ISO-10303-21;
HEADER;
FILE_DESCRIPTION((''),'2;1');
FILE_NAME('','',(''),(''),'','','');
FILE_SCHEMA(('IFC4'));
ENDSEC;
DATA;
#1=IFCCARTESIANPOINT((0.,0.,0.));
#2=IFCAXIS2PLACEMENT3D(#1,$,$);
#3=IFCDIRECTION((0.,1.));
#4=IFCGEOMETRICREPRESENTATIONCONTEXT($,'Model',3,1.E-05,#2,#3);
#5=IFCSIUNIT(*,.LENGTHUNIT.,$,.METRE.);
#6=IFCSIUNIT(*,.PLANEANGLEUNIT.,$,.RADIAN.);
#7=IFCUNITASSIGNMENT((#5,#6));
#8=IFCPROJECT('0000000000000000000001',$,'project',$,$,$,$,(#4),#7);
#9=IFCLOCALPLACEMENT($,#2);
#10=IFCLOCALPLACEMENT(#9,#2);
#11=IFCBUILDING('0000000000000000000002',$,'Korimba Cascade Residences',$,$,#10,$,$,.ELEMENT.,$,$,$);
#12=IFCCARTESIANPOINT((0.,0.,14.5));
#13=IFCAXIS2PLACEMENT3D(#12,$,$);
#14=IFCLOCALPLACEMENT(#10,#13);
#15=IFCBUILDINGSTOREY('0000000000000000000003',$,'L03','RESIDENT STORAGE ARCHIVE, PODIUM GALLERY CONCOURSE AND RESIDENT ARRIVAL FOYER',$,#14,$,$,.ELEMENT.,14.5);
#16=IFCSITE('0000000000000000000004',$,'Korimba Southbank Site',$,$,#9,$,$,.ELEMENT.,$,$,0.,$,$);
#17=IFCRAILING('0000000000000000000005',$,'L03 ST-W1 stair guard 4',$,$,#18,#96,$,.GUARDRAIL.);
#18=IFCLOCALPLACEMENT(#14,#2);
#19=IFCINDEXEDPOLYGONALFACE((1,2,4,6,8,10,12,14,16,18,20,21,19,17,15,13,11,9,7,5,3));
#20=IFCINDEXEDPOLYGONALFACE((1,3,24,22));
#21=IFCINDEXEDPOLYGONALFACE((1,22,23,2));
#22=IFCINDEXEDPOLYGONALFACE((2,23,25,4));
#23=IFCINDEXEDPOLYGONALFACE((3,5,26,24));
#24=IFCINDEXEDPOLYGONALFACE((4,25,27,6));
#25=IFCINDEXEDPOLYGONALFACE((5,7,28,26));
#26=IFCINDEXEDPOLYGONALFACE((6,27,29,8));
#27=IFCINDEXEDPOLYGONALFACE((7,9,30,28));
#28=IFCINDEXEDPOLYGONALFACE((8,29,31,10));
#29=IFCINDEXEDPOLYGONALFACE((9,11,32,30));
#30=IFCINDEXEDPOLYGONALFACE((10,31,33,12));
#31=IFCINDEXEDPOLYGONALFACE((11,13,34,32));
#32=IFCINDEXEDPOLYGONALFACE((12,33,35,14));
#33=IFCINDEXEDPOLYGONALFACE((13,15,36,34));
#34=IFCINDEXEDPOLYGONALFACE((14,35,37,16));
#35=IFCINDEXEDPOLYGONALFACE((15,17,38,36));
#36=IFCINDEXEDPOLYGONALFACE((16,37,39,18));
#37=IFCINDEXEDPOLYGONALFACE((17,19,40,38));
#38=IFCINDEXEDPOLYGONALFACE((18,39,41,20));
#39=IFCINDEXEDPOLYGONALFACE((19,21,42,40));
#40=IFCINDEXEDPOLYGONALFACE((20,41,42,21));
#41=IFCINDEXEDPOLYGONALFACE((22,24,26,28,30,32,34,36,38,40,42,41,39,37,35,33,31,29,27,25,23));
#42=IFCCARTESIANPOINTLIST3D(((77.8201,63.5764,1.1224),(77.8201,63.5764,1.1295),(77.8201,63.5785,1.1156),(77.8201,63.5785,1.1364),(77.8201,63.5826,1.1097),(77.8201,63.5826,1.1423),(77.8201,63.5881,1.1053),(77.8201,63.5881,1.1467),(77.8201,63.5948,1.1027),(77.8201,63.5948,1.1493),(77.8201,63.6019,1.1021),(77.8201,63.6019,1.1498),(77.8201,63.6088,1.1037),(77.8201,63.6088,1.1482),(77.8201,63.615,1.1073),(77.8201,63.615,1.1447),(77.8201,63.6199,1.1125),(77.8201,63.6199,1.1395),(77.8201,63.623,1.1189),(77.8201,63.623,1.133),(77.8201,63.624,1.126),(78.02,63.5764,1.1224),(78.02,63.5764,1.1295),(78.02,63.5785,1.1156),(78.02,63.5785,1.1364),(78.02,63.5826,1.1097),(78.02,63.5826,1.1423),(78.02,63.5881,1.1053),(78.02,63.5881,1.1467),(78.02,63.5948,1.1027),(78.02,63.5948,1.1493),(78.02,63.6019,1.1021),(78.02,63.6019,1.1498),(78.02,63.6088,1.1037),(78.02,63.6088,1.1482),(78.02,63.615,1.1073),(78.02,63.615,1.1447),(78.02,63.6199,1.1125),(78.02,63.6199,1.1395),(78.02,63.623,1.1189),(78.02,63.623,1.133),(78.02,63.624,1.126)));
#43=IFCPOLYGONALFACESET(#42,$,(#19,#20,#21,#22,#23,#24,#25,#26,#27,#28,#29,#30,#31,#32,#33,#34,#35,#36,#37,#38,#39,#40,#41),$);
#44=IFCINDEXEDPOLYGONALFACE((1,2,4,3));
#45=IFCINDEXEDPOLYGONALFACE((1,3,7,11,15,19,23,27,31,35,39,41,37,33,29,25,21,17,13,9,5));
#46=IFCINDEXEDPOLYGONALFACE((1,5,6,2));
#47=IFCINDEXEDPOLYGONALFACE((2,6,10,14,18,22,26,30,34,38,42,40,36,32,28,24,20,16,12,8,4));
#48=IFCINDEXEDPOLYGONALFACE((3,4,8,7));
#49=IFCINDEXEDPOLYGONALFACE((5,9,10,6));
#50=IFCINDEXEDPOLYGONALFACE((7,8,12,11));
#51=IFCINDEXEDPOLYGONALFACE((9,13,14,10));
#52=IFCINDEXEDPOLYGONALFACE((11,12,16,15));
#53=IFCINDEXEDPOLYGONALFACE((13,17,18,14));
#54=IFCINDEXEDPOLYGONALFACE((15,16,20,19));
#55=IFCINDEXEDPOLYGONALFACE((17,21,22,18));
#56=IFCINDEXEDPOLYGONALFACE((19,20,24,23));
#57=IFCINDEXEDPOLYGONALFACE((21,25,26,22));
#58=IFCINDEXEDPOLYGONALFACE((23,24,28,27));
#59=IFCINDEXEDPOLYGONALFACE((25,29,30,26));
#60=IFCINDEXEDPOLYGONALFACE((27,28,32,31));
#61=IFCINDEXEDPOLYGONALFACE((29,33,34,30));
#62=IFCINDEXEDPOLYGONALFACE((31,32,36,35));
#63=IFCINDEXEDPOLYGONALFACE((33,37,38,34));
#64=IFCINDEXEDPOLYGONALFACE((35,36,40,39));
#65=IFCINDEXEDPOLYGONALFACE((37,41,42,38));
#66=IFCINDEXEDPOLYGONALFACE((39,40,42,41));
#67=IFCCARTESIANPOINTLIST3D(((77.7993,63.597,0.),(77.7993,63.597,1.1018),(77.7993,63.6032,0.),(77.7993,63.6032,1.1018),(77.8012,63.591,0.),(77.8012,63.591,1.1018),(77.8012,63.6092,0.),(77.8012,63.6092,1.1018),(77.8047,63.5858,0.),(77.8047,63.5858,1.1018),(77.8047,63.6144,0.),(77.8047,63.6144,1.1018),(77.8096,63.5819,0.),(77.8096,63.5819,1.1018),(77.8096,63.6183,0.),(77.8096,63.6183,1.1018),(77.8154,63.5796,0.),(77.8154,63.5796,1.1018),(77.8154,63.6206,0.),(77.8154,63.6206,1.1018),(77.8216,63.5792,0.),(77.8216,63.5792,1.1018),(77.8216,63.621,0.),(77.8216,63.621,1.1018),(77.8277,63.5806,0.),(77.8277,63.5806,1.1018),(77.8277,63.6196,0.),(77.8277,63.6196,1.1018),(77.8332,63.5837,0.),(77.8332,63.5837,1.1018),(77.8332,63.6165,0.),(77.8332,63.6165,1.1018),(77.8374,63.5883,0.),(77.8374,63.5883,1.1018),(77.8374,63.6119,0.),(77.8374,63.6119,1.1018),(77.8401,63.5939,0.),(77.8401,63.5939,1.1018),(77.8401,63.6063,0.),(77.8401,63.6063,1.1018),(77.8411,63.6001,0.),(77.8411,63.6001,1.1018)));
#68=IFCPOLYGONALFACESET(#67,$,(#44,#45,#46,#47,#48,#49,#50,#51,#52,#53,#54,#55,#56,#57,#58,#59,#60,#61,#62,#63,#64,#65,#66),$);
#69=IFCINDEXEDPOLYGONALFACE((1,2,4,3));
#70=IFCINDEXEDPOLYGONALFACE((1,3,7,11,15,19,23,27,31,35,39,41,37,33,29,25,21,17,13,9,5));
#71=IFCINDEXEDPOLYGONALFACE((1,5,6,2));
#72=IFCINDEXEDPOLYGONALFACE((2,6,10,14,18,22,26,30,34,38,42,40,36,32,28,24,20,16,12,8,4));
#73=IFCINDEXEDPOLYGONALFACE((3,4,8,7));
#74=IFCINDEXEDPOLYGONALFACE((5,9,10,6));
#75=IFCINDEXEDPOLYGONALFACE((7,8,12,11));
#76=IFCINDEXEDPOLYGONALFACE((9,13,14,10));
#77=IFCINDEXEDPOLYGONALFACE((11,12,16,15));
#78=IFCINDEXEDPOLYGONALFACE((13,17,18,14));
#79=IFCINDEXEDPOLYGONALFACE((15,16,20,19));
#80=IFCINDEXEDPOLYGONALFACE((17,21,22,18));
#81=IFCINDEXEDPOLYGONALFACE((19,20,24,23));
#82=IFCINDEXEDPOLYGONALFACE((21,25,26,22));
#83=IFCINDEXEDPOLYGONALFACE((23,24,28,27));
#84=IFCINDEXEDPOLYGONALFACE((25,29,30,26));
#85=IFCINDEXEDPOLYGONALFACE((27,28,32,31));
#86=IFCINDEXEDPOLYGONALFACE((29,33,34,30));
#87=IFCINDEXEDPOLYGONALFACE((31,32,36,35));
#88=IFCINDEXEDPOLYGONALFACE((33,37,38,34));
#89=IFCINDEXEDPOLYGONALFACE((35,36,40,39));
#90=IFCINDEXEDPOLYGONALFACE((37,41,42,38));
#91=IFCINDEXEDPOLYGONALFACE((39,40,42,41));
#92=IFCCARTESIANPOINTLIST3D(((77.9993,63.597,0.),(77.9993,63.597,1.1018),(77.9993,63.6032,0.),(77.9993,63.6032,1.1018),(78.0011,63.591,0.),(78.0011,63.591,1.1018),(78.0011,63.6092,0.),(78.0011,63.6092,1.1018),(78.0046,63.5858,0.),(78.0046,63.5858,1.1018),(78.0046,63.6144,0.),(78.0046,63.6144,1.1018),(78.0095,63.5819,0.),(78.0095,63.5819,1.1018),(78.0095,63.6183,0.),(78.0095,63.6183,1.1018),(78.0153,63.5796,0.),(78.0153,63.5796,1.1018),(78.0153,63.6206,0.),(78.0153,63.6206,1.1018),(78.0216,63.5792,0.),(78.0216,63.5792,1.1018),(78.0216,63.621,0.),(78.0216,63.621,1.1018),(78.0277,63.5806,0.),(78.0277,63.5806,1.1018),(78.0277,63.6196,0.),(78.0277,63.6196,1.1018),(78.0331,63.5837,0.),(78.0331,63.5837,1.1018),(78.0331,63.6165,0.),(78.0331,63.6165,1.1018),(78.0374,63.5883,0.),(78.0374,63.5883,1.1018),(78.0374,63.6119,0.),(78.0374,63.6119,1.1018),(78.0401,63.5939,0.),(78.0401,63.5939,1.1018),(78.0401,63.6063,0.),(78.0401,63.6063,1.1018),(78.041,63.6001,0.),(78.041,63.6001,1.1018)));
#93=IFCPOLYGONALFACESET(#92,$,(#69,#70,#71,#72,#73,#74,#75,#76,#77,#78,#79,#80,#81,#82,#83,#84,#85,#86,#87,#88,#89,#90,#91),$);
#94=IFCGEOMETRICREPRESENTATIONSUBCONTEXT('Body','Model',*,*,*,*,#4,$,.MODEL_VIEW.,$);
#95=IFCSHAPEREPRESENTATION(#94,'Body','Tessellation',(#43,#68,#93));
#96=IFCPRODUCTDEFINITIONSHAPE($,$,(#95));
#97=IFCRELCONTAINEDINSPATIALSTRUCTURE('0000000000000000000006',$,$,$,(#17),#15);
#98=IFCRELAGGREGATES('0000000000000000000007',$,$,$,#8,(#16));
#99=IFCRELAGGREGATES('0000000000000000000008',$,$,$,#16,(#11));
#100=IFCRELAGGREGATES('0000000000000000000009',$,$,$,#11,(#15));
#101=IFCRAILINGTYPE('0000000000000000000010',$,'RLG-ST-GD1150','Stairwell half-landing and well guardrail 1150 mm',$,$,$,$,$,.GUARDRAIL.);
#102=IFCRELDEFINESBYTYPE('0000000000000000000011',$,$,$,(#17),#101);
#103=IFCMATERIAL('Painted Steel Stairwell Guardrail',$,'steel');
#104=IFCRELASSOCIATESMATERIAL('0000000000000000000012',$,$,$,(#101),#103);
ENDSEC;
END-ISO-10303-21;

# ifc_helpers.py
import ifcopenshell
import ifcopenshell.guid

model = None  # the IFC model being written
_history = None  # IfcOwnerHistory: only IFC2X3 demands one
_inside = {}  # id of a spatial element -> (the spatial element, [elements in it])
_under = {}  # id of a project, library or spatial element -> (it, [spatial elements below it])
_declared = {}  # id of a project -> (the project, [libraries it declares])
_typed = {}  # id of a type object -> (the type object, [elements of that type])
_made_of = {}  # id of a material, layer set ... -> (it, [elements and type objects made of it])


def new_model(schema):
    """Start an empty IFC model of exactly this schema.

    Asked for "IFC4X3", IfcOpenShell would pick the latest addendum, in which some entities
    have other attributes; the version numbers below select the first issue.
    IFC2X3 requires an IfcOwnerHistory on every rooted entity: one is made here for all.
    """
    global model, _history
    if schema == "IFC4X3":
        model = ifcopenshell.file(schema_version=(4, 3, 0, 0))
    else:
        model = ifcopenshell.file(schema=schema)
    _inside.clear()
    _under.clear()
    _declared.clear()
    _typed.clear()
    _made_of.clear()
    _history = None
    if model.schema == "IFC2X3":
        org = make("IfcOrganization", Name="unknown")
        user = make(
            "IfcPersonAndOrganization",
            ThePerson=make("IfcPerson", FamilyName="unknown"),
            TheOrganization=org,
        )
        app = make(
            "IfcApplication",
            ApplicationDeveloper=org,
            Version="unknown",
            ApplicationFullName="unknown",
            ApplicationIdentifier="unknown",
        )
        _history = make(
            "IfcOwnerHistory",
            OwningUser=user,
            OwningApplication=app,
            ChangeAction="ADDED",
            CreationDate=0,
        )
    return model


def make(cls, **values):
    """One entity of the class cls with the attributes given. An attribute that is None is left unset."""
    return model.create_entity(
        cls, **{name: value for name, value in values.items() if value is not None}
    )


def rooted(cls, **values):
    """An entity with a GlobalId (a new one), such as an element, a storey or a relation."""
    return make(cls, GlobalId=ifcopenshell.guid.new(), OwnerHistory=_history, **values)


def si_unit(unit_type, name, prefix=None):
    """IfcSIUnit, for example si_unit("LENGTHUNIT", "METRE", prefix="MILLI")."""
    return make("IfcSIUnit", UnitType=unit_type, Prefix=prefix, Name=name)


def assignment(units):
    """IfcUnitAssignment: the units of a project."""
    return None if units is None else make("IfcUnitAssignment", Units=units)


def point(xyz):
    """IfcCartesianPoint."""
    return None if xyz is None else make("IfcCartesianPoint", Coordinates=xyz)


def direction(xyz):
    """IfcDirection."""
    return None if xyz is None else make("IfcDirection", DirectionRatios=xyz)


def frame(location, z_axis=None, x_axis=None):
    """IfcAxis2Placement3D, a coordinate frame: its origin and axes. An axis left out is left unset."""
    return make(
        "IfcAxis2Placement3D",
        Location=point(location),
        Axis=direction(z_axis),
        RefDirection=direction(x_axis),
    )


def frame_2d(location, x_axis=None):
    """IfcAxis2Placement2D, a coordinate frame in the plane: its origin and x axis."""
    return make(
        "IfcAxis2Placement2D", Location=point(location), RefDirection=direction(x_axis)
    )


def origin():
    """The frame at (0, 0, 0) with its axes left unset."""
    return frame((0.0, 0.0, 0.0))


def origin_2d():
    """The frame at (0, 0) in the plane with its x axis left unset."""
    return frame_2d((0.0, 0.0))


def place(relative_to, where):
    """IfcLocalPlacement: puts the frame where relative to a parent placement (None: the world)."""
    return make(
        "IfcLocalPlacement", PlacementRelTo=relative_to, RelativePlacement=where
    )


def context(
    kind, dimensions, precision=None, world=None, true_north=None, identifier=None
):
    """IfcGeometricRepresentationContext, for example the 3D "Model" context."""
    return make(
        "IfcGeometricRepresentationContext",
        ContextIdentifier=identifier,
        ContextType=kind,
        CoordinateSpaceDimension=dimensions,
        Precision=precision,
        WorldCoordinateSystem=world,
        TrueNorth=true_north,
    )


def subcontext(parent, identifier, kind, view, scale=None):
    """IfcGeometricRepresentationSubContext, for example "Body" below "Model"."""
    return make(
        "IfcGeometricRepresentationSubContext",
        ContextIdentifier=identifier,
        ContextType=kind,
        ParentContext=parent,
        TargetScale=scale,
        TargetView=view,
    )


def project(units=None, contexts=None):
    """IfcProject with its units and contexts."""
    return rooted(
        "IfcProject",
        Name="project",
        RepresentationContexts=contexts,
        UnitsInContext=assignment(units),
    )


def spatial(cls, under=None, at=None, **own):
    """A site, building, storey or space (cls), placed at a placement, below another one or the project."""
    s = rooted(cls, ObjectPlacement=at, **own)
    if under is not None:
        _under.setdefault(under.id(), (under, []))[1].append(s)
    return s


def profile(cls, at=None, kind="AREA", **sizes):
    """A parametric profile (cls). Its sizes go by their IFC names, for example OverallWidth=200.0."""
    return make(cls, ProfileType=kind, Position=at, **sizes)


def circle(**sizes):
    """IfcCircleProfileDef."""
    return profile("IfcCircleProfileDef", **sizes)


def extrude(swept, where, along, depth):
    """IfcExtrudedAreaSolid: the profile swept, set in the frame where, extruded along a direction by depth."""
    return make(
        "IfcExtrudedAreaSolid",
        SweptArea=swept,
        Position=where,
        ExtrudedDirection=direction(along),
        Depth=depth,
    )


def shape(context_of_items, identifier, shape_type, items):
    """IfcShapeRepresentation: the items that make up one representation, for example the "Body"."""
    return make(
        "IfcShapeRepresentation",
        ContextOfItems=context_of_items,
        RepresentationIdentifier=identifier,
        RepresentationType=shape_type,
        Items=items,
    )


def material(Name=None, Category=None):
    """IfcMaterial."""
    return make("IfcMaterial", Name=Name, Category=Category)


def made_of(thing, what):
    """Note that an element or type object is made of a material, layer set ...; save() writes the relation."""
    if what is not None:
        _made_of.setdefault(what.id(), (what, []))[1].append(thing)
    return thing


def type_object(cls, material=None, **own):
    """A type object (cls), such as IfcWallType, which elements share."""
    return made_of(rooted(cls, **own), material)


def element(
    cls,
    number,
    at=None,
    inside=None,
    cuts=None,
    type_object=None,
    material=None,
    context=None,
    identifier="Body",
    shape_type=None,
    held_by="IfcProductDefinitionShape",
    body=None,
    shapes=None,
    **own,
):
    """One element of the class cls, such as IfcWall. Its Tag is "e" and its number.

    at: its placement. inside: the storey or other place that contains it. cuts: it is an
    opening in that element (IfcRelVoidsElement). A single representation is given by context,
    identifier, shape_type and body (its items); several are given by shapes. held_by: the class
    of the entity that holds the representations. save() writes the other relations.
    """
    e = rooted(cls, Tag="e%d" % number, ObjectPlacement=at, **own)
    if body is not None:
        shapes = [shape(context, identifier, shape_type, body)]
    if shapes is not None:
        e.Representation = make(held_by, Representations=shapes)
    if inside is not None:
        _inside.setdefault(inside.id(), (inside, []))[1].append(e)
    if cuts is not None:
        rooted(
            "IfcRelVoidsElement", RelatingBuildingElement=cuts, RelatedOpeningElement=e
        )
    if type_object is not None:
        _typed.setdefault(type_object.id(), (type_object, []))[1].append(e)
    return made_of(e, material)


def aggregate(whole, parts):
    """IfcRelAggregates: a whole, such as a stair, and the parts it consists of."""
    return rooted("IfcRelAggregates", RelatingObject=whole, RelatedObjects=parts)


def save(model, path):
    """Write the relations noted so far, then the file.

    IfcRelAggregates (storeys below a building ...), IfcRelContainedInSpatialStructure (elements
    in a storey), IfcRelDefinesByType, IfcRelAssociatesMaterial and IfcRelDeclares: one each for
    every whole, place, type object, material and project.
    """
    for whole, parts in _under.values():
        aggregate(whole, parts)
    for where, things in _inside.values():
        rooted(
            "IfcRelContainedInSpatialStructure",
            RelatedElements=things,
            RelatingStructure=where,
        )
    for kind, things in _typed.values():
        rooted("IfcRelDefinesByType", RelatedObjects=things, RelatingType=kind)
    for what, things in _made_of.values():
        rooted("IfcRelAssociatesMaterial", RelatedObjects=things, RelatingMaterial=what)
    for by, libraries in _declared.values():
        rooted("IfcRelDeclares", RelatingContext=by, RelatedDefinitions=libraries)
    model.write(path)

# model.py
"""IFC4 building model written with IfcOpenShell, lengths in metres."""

from ifc_helpers import new_model, si_unit, direction, frame, origin, origin_2d, place, context, subcontext, project, spatial, circle, extrude, material, type_object, element, save


model = new_model("IFC4")

# Units and contexts
model_context = context("Model", 3, precision=1e-05, world=origin(), true_north=direction((0.0, 1.0)))
body_context = subcontext(model_context, "Body", "Model", "MODEL_VIEW")
ifc_project = project(units=[si_unit("LENGTHUNIT", "METRE"), si_unit("PLANEANGLEUNIT", "RADIAN")], contexts=[model_context])

# Site, building, storey
site_placement = place(None, origin())
site = spatial("IfcSite", under=ifc_project, at=site_placement, Name="Korimba Southbank Site", CompositionType="ELEMENT", RefElevation=0.0)
building_placement = place(site_placement, origin())
building = spatial("IfcBuilding", under=site, at=building_placement, Name="Korimba Cascade Residences", CompositionType="ELEMENT")
storey_placement = place(building_placement, frame((0.0, 0.0, 14.5)))
storey = spatial("IfcBuildingStorey", under=building, at=storey_placement, Name="L03", Description="RESIDENT STORAGE ARCHIVE, PODIUM GALLERY CONCOURSE AND RESIDENT ARRIVAL FOYER", CompositionType="ELEMENT", Elevation=14.5)

# Railing
ifc_material_1 = material(Name="Painted Steel Stairwell Guardrail", Category="steel")
railing_type_1 = type_object("IfcRailingType", Name="RLG-ST-GD1150", Description="Stairwell half-landing and well guardrail 1150 mm", PredefinedType="GUARDRAIL", material=ifc_material_1)
railing_1_placement = place(storey_placement, frame((77.8201, 63.6001, 0.0)))
element("IfcRailing", 1, at=railing_1_placement, inside=storey, type_object=railing_type_1, Name="L03 ST-W1 stair guard 4", PredefinedType="GUARDRAIL", context=body_context, shape_type="SweptSolid", body=[
    extrude(circle(Radius=0.0239, at=origin_2d()), frame((0.0, 0.0, 1.126), z_axis=(1.0, 0.0, 0.0), x_axis=(0.0, 1.0, 0.0)), (0.0, 0.0, 1.0), 0.2),
    extrude(circle(Radius=0.021, at=origin_2d()), origin(), (0.0, 0.0, 1.0), 1.1018),
    extrude(circle(Radius=0.021, at=origin_2d()), frame((0.2, 0.0, 0.0)), (0.0, 0.0, 1.0), 1.1018),
])

save(model, "model.ifc")
